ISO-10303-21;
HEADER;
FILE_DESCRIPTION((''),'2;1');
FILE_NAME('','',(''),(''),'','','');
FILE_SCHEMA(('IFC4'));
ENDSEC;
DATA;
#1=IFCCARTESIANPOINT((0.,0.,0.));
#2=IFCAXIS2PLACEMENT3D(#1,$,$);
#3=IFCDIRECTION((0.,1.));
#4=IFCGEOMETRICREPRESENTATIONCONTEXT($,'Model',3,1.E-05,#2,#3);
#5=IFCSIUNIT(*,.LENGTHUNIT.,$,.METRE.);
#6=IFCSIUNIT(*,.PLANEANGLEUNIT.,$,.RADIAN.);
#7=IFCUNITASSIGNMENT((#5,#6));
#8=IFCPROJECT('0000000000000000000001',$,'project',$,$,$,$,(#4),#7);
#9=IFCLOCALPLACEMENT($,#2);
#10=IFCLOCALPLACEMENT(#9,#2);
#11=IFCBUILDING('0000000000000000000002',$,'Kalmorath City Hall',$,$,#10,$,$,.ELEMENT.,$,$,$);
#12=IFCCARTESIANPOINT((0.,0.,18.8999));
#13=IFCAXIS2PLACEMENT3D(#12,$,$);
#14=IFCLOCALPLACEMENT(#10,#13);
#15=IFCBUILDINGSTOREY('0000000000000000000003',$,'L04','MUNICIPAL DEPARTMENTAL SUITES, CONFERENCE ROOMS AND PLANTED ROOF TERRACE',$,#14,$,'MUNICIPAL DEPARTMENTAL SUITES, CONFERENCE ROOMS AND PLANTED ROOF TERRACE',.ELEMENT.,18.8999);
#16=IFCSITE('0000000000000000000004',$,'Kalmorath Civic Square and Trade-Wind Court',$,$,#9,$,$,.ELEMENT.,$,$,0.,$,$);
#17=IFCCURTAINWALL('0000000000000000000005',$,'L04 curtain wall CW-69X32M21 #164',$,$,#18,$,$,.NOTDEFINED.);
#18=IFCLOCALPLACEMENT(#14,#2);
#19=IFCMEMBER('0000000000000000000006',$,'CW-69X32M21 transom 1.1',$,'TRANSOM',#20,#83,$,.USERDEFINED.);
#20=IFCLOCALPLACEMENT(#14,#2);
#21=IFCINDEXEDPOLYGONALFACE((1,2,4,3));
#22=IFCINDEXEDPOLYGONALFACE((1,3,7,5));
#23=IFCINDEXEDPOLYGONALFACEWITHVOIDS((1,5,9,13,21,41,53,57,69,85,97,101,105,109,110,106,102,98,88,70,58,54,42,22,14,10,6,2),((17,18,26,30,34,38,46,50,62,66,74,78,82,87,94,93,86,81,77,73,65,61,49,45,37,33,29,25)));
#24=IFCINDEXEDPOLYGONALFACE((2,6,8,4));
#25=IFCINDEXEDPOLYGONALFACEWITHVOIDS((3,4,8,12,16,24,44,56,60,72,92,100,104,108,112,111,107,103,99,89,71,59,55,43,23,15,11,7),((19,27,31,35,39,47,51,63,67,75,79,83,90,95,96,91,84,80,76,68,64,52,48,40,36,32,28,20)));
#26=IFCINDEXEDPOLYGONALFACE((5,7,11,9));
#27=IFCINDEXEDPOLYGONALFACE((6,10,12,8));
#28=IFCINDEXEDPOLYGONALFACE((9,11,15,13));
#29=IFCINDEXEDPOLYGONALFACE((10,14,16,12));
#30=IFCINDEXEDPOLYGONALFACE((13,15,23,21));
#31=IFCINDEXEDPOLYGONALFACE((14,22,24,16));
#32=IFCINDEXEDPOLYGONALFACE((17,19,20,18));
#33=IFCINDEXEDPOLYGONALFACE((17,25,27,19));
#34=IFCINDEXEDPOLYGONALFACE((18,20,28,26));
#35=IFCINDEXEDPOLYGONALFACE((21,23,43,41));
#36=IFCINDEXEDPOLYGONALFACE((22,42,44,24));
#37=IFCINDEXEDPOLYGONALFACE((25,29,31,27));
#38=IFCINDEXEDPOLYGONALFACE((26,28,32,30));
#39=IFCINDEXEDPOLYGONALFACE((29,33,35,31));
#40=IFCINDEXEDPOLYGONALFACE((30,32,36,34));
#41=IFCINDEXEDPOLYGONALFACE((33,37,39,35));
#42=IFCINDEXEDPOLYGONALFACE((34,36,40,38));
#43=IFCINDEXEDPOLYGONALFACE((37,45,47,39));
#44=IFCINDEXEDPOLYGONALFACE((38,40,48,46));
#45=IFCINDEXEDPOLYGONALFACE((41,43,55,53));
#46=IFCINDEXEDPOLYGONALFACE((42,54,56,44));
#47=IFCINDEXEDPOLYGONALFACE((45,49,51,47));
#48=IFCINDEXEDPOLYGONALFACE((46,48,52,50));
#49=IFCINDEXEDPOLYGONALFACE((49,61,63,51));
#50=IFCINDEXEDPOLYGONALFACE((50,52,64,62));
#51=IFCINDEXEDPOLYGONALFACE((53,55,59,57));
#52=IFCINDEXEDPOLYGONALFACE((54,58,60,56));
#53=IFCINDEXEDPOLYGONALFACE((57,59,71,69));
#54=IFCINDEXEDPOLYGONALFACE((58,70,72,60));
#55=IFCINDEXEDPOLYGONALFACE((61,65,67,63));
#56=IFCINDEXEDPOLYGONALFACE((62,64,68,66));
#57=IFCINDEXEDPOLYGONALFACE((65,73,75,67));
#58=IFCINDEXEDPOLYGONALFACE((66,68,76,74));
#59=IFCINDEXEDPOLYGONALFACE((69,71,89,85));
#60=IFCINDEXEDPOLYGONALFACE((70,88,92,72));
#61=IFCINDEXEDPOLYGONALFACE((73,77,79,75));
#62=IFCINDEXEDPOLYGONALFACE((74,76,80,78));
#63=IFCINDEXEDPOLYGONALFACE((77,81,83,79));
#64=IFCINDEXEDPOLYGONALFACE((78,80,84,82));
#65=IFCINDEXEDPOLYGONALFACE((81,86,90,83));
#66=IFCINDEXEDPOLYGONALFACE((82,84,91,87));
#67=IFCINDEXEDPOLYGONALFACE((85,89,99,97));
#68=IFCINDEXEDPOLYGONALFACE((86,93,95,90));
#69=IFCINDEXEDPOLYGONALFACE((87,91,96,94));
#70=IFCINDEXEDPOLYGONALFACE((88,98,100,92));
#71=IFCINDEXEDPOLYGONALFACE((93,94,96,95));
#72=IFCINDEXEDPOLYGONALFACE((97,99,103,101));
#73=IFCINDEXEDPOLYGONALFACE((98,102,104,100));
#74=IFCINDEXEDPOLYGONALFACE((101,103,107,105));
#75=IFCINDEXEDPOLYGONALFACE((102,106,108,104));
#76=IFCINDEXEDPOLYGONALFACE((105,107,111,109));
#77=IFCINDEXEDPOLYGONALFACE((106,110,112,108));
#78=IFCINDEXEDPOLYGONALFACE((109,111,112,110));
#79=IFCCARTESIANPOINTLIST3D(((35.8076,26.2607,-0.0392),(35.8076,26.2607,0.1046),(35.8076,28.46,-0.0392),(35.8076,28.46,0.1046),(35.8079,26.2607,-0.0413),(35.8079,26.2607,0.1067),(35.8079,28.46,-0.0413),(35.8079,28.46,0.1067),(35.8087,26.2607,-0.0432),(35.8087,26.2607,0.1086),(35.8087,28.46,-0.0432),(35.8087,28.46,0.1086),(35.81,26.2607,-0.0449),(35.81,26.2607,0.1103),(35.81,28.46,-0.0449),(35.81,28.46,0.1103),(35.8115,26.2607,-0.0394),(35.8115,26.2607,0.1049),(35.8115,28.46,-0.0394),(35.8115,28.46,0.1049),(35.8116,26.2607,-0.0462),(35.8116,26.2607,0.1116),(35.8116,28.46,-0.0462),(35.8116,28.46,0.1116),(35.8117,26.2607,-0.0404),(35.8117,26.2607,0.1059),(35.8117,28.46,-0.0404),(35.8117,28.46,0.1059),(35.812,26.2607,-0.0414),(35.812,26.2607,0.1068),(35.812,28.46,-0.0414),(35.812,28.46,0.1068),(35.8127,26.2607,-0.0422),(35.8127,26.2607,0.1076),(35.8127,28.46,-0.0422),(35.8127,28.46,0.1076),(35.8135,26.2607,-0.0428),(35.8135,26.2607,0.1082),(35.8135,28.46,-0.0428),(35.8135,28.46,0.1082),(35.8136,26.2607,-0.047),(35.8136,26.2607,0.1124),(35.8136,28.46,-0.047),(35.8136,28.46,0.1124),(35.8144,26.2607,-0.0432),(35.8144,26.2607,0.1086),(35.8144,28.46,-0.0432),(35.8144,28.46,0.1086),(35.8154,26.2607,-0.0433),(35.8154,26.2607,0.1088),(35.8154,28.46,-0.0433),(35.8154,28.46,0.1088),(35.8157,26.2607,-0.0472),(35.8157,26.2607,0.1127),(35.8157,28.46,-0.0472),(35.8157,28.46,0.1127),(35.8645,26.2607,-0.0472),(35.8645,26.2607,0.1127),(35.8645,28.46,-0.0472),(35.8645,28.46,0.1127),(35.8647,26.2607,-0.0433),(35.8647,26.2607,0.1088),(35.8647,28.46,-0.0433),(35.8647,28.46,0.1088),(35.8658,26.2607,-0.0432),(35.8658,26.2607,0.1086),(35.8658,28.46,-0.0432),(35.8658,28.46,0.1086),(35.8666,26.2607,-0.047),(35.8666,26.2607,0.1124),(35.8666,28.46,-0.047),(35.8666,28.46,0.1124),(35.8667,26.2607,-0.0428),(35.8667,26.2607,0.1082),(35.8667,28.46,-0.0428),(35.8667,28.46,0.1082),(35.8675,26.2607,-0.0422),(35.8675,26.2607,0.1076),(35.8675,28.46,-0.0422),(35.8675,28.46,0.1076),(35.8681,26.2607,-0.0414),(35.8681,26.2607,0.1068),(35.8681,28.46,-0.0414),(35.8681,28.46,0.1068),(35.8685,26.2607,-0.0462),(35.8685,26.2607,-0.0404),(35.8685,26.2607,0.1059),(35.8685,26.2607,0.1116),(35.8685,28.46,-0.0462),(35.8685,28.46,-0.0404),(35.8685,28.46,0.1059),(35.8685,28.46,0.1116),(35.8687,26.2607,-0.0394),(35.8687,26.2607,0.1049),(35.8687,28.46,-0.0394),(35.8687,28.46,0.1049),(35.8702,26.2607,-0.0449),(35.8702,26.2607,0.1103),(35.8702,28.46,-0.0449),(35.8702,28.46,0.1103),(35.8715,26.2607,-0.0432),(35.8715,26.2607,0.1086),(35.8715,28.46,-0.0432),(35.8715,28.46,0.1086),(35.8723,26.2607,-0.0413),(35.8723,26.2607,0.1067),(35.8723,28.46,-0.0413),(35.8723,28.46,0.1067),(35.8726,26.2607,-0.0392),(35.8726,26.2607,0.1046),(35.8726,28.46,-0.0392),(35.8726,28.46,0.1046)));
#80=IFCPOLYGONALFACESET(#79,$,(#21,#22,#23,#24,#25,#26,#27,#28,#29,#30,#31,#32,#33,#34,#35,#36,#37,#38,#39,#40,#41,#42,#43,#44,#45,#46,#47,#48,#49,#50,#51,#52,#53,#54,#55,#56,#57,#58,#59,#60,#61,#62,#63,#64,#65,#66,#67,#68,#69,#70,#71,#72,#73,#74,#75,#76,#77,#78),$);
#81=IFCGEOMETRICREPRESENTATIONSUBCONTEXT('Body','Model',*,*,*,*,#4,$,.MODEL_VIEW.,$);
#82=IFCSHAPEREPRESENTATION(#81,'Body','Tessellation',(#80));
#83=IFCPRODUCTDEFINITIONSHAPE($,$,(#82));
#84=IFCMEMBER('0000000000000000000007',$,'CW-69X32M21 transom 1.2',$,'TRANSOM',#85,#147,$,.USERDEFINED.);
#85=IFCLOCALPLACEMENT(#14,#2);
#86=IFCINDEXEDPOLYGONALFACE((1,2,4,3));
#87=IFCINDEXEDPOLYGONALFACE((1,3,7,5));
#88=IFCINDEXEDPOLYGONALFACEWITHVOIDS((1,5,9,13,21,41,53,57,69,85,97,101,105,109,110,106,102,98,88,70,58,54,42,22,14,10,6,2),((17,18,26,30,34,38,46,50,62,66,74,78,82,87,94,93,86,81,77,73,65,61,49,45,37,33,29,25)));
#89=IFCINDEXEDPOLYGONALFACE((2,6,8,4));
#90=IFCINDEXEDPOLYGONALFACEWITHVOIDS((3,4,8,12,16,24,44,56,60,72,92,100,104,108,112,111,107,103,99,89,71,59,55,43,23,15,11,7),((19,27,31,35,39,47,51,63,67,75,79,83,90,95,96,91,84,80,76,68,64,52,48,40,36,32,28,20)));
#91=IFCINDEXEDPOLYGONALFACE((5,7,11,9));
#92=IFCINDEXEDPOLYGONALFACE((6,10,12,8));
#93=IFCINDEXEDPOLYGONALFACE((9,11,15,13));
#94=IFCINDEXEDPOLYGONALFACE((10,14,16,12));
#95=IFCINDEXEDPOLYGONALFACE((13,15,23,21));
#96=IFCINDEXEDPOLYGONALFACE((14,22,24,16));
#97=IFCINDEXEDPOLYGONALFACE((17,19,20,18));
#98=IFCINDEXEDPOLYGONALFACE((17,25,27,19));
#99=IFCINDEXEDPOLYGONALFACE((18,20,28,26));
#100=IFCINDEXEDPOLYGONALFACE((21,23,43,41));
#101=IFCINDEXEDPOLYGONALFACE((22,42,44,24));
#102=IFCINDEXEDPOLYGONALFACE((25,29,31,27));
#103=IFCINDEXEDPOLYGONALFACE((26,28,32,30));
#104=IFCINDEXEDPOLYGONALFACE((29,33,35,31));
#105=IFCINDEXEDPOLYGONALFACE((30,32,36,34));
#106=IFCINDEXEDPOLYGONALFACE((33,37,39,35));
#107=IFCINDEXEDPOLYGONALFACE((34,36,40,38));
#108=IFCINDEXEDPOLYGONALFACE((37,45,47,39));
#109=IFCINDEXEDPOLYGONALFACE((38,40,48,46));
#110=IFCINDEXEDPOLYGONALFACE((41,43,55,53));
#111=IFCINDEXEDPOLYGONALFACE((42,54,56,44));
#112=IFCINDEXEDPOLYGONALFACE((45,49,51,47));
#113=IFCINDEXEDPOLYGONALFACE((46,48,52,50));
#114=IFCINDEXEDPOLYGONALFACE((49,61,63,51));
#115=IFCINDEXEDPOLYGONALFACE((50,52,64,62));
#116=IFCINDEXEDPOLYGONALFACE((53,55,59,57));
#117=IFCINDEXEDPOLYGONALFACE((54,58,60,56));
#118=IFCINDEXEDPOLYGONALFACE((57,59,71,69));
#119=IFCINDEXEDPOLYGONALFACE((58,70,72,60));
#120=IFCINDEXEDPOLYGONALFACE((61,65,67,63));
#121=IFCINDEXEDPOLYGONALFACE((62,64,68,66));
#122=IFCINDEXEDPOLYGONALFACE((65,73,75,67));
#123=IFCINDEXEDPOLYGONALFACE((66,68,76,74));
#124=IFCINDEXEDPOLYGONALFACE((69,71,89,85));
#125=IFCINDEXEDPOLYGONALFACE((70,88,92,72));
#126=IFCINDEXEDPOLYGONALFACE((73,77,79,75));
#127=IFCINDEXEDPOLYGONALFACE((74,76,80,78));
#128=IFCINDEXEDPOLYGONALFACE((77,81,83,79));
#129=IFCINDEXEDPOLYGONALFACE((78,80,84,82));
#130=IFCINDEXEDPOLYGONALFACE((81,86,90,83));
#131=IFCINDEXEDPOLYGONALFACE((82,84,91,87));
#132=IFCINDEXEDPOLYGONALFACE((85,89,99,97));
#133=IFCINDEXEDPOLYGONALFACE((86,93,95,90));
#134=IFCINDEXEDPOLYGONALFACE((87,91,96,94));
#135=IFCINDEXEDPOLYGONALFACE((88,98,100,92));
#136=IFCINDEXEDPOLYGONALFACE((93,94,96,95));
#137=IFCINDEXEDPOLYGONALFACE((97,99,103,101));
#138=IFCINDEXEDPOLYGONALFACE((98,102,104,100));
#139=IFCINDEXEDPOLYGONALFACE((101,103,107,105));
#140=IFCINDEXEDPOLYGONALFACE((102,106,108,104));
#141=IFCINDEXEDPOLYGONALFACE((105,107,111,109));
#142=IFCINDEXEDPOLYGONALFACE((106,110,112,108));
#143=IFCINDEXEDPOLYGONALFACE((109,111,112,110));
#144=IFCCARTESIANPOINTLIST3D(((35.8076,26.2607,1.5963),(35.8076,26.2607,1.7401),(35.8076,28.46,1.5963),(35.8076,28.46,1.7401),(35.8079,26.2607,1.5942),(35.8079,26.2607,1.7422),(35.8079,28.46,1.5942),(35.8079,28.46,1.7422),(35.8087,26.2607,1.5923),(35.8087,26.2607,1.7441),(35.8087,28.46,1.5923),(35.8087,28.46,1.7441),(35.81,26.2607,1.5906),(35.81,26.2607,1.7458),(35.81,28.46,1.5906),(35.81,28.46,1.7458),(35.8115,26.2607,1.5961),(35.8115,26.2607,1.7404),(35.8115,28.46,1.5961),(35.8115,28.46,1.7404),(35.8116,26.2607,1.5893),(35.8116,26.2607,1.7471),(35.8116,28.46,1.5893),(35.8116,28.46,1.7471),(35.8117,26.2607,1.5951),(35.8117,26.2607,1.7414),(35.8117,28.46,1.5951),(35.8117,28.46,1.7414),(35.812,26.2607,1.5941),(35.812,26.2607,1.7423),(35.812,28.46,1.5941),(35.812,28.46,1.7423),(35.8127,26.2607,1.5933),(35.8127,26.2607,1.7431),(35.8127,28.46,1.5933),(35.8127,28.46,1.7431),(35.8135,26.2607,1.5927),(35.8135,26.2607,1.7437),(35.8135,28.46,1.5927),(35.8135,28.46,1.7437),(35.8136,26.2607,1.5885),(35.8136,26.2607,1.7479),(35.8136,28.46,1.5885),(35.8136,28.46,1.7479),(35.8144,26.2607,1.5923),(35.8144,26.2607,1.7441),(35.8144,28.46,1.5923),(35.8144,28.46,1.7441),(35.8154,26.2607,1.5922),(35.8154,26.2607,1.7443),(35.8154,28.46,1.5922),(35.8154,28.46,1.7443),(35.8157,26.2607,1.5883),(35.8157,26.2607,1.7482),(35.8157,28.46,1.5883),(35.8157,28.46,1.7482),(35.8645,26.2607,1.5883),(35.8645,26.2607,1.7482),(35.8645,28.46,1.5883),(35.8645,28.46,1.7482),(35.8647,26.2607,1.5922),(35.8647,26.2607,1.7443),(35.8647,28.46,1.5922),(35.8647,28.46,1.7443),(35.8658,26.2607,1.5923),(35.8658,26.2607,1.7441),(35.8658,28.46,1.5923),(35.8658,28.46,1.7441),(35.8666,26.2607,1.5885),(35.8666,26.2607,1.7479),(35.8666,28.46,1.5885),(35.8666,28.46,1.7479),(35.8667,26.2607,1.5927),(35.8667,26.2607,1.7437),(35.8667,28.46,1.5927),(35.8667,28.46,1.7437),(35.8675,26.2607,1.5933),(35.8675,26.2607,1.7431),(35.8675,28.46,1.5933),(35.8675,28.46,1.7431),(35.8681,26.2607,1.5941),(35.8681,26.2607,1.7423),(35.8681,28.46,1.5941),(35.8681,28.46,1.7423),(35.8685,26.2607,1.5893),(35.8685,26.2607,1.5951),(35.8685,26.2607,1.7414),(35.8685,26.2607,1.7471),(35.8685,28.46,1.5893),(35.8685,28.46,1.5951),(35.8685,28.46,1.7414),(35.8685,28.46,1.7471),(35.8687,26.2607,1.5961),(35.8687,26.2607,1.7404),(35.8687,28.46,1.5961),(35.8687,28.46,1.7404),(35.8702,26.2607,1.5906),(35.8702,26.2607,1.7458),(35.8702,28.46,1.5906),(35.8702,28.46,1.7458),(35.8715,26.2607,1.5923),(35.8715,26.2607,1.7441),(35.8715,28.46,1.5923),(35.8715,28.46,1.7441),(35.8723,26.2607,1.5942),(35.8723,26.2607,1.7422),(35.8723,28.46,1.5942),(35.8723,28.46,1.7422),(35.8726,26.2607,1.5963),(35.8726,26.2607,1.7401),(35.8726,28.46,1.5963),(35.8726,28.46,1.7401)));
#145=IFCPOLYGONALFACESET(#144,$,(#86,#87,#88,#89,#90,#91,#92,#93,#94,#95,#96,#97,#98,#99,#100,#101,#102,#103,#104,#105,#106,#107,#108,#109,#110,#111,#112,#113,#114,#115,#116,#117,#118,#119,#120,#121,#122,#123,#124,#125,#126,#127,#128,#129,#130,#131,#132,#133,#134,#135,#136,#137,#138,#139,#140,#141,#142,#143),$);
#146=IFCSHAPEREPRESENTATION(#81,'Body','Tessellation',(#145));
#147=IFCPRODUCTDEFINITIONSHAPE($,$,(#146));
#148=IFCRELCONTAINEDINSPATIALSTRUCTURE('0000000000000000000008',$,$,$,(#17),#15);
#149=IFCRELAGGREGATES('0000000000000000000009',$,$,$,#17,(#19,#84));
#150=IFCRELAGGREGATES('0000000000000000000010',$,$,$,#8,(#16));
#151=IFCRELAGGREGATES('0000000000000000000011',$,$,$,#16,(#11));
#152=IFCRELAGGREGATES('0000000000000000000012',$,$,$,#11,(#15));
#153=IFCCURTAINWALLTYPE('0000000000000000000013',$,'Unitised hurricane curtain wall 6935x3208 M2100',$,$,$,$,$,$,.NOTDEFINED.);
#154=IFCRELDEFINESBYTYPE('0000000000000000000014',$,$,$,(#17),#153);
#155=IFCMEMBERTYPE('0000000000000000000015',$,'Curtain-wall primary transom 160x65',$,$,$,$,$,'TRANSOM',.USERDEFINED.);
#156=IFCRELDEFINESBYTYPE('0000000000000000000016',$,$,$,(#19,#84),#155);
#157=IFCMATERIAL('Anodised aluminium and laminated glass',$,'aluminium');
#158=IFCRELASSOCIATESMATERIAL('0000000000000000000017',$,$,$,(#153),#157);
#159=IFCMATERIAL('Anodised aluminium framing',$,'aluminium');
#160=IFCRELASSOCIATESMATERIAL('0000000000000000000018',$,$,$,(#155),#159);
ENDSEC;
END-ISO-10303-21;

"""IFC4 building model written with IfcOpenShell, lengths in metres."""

from ifc_helpers import new_model, si_unit, direction, frame, origin, origin_2d, place, context, subcontext, project, spatial, hollow_rectangle, extrude, material, material_profile, profile_set, type_object, element, aggregate, save


model = new_model("IFC4")

# Units and contexts
model_context = context("Model", 3, precision=1e-05, world=origin(), true_north=direction((0.0, 1.0)))
body_context = subcontext(model_context, "Body", "Model", "MODEL_VIEW")
ifc_project = project(units=[si_unit("LENGTHUNIT", "METRE"), si_unit("PLANEANGLEUNIT", "RADIAN")], contexts=[model_context])

# Site, building, storey
site_placement = place(None, origin())
site = spatial("IfcSite", under=ifc_project, at=site_placement, Name="Kalmorath Civic Square and Trade-Wind Court", CompositionType="ELEMENT", RefElevation=0.0)
building_placement = place(site_placement, origin())
building = spatial("IfcBuilding", under=site, at=building_placement, Name="Kalmorath City Hall", CompositionType="ELEMENT")
storey_placement = place(building_placement, frame((0.0, 0.0, 18.8999)))
storey = spatial("IfcBuildingStorey", under=building, at=storey_placement, Name="L04", Description="MUNICIPAL DEPARTMENTAL SUITES, CONFERENCE ROOMS AND PLANTED ROOF TERRACE", LongName="MUNICIPAL DEPARTMENTAL SUITES, CONFERENCE ROOMS AND PLANTED ROOF TERRACE", CompositionType="ELEMENT", Elevation=18.8999)

# Curtain wall
ifc_material_1 = material(Name="Anodised aluminium and laminated glass", Category="aluminium")
curtain_wall_type_1 = type_object("IfcCurtainWallType", Name="Unitised hurricane curtain wall 6935x3208 M2100", PredefinedType="NOTDEFINED", material=ifc_material_1)
curtain_wall_1_placement = place(storey_placement, origin())
curtain_wall_1 = element("IfcCurtainWall", 1, at=curtain_wall_1_placement, inside=storey, type_object=curtain_wall_type_1, Name="L04 curtain wall CW-69X32M21 #164", PredefinedType="NOTDEFINED")

# Members
ifc_material_2 = material(Name="Anodised aluminium framing", Category="aluminium")
ifc_material_profile_1 = material_profile(ifc_material_2, hollow_rectangle(XDim=0.0649, YDim=0.1599, WallThickness=0.0039, InnerFilletRadius=0.0039, OuterFilletRadius=0.0081, at=origin_2d()), Name="ALU-TRN-160X65X4")
ifc_profile_set_1 = profile_set([ifc_material_profile_1], Name="Anodised aluminium framing")
member_type_1 = type_object("IfcMemberType", Name="Curtain-wall primary transom 160x65", ElementType="TRANSOM", PredefinedType="USERDEFINED", material=ifc_profile_set_1)
member_1_placement = place(storey_placement, frame((35.8401, 28.46, 0.0327), z_axis=(0.0, -1.0, 0.0), x_axis=(1.0, 0.0, 0.0)))
member_1 = element("IfcMember", 2, at=member_1_placement, type_object=member_type_1, Name="CW-69X32M21 transom 1.1", ObjectType="TRANSOM", PredefinedType="USERDEFINED", context=body_context, shape_type="SweptSolid", body=[
    extrude(hollow_rectangle(XDim=0.0649, YDim=0.1599, WallThickness=0.0039, InnerFilletRadius=0.0039, OuterFilletRadius=0.0081, at=origin_2d()), origin(), (0.0, 0.0, 1.0), 2.1992),
])
member_2_placement = place(storey_placement, frame((35.8401, 28.46, 1.6682), z_axis=(0.0, -1.0, 0.0), x_axis=(1.0, 0.0, 0.0)))
member_2 = element("IfcMember", 3, at=member_2_placement, type_object=member_type_1, Name="CW-69X32M21 transom 1.2", ObjectType="TRANSOM", PredefinedType="USERDEFINED", context=body_context, shape_type="SweptSolid", body=[
    extrude(hollow_rectangle(XDim=0.0649, YDim=0.1599, WallThickness=0.0039, InnerFilletRadius=0.0039, OuterFilletRadius=0.0081, at=origin_2d()), origin(), (0.0, 0.0, 1.0), 2.1992),
])

aggregate(curtain_wall_1, [member_1, member_2])

save(model, "model.ifc")
